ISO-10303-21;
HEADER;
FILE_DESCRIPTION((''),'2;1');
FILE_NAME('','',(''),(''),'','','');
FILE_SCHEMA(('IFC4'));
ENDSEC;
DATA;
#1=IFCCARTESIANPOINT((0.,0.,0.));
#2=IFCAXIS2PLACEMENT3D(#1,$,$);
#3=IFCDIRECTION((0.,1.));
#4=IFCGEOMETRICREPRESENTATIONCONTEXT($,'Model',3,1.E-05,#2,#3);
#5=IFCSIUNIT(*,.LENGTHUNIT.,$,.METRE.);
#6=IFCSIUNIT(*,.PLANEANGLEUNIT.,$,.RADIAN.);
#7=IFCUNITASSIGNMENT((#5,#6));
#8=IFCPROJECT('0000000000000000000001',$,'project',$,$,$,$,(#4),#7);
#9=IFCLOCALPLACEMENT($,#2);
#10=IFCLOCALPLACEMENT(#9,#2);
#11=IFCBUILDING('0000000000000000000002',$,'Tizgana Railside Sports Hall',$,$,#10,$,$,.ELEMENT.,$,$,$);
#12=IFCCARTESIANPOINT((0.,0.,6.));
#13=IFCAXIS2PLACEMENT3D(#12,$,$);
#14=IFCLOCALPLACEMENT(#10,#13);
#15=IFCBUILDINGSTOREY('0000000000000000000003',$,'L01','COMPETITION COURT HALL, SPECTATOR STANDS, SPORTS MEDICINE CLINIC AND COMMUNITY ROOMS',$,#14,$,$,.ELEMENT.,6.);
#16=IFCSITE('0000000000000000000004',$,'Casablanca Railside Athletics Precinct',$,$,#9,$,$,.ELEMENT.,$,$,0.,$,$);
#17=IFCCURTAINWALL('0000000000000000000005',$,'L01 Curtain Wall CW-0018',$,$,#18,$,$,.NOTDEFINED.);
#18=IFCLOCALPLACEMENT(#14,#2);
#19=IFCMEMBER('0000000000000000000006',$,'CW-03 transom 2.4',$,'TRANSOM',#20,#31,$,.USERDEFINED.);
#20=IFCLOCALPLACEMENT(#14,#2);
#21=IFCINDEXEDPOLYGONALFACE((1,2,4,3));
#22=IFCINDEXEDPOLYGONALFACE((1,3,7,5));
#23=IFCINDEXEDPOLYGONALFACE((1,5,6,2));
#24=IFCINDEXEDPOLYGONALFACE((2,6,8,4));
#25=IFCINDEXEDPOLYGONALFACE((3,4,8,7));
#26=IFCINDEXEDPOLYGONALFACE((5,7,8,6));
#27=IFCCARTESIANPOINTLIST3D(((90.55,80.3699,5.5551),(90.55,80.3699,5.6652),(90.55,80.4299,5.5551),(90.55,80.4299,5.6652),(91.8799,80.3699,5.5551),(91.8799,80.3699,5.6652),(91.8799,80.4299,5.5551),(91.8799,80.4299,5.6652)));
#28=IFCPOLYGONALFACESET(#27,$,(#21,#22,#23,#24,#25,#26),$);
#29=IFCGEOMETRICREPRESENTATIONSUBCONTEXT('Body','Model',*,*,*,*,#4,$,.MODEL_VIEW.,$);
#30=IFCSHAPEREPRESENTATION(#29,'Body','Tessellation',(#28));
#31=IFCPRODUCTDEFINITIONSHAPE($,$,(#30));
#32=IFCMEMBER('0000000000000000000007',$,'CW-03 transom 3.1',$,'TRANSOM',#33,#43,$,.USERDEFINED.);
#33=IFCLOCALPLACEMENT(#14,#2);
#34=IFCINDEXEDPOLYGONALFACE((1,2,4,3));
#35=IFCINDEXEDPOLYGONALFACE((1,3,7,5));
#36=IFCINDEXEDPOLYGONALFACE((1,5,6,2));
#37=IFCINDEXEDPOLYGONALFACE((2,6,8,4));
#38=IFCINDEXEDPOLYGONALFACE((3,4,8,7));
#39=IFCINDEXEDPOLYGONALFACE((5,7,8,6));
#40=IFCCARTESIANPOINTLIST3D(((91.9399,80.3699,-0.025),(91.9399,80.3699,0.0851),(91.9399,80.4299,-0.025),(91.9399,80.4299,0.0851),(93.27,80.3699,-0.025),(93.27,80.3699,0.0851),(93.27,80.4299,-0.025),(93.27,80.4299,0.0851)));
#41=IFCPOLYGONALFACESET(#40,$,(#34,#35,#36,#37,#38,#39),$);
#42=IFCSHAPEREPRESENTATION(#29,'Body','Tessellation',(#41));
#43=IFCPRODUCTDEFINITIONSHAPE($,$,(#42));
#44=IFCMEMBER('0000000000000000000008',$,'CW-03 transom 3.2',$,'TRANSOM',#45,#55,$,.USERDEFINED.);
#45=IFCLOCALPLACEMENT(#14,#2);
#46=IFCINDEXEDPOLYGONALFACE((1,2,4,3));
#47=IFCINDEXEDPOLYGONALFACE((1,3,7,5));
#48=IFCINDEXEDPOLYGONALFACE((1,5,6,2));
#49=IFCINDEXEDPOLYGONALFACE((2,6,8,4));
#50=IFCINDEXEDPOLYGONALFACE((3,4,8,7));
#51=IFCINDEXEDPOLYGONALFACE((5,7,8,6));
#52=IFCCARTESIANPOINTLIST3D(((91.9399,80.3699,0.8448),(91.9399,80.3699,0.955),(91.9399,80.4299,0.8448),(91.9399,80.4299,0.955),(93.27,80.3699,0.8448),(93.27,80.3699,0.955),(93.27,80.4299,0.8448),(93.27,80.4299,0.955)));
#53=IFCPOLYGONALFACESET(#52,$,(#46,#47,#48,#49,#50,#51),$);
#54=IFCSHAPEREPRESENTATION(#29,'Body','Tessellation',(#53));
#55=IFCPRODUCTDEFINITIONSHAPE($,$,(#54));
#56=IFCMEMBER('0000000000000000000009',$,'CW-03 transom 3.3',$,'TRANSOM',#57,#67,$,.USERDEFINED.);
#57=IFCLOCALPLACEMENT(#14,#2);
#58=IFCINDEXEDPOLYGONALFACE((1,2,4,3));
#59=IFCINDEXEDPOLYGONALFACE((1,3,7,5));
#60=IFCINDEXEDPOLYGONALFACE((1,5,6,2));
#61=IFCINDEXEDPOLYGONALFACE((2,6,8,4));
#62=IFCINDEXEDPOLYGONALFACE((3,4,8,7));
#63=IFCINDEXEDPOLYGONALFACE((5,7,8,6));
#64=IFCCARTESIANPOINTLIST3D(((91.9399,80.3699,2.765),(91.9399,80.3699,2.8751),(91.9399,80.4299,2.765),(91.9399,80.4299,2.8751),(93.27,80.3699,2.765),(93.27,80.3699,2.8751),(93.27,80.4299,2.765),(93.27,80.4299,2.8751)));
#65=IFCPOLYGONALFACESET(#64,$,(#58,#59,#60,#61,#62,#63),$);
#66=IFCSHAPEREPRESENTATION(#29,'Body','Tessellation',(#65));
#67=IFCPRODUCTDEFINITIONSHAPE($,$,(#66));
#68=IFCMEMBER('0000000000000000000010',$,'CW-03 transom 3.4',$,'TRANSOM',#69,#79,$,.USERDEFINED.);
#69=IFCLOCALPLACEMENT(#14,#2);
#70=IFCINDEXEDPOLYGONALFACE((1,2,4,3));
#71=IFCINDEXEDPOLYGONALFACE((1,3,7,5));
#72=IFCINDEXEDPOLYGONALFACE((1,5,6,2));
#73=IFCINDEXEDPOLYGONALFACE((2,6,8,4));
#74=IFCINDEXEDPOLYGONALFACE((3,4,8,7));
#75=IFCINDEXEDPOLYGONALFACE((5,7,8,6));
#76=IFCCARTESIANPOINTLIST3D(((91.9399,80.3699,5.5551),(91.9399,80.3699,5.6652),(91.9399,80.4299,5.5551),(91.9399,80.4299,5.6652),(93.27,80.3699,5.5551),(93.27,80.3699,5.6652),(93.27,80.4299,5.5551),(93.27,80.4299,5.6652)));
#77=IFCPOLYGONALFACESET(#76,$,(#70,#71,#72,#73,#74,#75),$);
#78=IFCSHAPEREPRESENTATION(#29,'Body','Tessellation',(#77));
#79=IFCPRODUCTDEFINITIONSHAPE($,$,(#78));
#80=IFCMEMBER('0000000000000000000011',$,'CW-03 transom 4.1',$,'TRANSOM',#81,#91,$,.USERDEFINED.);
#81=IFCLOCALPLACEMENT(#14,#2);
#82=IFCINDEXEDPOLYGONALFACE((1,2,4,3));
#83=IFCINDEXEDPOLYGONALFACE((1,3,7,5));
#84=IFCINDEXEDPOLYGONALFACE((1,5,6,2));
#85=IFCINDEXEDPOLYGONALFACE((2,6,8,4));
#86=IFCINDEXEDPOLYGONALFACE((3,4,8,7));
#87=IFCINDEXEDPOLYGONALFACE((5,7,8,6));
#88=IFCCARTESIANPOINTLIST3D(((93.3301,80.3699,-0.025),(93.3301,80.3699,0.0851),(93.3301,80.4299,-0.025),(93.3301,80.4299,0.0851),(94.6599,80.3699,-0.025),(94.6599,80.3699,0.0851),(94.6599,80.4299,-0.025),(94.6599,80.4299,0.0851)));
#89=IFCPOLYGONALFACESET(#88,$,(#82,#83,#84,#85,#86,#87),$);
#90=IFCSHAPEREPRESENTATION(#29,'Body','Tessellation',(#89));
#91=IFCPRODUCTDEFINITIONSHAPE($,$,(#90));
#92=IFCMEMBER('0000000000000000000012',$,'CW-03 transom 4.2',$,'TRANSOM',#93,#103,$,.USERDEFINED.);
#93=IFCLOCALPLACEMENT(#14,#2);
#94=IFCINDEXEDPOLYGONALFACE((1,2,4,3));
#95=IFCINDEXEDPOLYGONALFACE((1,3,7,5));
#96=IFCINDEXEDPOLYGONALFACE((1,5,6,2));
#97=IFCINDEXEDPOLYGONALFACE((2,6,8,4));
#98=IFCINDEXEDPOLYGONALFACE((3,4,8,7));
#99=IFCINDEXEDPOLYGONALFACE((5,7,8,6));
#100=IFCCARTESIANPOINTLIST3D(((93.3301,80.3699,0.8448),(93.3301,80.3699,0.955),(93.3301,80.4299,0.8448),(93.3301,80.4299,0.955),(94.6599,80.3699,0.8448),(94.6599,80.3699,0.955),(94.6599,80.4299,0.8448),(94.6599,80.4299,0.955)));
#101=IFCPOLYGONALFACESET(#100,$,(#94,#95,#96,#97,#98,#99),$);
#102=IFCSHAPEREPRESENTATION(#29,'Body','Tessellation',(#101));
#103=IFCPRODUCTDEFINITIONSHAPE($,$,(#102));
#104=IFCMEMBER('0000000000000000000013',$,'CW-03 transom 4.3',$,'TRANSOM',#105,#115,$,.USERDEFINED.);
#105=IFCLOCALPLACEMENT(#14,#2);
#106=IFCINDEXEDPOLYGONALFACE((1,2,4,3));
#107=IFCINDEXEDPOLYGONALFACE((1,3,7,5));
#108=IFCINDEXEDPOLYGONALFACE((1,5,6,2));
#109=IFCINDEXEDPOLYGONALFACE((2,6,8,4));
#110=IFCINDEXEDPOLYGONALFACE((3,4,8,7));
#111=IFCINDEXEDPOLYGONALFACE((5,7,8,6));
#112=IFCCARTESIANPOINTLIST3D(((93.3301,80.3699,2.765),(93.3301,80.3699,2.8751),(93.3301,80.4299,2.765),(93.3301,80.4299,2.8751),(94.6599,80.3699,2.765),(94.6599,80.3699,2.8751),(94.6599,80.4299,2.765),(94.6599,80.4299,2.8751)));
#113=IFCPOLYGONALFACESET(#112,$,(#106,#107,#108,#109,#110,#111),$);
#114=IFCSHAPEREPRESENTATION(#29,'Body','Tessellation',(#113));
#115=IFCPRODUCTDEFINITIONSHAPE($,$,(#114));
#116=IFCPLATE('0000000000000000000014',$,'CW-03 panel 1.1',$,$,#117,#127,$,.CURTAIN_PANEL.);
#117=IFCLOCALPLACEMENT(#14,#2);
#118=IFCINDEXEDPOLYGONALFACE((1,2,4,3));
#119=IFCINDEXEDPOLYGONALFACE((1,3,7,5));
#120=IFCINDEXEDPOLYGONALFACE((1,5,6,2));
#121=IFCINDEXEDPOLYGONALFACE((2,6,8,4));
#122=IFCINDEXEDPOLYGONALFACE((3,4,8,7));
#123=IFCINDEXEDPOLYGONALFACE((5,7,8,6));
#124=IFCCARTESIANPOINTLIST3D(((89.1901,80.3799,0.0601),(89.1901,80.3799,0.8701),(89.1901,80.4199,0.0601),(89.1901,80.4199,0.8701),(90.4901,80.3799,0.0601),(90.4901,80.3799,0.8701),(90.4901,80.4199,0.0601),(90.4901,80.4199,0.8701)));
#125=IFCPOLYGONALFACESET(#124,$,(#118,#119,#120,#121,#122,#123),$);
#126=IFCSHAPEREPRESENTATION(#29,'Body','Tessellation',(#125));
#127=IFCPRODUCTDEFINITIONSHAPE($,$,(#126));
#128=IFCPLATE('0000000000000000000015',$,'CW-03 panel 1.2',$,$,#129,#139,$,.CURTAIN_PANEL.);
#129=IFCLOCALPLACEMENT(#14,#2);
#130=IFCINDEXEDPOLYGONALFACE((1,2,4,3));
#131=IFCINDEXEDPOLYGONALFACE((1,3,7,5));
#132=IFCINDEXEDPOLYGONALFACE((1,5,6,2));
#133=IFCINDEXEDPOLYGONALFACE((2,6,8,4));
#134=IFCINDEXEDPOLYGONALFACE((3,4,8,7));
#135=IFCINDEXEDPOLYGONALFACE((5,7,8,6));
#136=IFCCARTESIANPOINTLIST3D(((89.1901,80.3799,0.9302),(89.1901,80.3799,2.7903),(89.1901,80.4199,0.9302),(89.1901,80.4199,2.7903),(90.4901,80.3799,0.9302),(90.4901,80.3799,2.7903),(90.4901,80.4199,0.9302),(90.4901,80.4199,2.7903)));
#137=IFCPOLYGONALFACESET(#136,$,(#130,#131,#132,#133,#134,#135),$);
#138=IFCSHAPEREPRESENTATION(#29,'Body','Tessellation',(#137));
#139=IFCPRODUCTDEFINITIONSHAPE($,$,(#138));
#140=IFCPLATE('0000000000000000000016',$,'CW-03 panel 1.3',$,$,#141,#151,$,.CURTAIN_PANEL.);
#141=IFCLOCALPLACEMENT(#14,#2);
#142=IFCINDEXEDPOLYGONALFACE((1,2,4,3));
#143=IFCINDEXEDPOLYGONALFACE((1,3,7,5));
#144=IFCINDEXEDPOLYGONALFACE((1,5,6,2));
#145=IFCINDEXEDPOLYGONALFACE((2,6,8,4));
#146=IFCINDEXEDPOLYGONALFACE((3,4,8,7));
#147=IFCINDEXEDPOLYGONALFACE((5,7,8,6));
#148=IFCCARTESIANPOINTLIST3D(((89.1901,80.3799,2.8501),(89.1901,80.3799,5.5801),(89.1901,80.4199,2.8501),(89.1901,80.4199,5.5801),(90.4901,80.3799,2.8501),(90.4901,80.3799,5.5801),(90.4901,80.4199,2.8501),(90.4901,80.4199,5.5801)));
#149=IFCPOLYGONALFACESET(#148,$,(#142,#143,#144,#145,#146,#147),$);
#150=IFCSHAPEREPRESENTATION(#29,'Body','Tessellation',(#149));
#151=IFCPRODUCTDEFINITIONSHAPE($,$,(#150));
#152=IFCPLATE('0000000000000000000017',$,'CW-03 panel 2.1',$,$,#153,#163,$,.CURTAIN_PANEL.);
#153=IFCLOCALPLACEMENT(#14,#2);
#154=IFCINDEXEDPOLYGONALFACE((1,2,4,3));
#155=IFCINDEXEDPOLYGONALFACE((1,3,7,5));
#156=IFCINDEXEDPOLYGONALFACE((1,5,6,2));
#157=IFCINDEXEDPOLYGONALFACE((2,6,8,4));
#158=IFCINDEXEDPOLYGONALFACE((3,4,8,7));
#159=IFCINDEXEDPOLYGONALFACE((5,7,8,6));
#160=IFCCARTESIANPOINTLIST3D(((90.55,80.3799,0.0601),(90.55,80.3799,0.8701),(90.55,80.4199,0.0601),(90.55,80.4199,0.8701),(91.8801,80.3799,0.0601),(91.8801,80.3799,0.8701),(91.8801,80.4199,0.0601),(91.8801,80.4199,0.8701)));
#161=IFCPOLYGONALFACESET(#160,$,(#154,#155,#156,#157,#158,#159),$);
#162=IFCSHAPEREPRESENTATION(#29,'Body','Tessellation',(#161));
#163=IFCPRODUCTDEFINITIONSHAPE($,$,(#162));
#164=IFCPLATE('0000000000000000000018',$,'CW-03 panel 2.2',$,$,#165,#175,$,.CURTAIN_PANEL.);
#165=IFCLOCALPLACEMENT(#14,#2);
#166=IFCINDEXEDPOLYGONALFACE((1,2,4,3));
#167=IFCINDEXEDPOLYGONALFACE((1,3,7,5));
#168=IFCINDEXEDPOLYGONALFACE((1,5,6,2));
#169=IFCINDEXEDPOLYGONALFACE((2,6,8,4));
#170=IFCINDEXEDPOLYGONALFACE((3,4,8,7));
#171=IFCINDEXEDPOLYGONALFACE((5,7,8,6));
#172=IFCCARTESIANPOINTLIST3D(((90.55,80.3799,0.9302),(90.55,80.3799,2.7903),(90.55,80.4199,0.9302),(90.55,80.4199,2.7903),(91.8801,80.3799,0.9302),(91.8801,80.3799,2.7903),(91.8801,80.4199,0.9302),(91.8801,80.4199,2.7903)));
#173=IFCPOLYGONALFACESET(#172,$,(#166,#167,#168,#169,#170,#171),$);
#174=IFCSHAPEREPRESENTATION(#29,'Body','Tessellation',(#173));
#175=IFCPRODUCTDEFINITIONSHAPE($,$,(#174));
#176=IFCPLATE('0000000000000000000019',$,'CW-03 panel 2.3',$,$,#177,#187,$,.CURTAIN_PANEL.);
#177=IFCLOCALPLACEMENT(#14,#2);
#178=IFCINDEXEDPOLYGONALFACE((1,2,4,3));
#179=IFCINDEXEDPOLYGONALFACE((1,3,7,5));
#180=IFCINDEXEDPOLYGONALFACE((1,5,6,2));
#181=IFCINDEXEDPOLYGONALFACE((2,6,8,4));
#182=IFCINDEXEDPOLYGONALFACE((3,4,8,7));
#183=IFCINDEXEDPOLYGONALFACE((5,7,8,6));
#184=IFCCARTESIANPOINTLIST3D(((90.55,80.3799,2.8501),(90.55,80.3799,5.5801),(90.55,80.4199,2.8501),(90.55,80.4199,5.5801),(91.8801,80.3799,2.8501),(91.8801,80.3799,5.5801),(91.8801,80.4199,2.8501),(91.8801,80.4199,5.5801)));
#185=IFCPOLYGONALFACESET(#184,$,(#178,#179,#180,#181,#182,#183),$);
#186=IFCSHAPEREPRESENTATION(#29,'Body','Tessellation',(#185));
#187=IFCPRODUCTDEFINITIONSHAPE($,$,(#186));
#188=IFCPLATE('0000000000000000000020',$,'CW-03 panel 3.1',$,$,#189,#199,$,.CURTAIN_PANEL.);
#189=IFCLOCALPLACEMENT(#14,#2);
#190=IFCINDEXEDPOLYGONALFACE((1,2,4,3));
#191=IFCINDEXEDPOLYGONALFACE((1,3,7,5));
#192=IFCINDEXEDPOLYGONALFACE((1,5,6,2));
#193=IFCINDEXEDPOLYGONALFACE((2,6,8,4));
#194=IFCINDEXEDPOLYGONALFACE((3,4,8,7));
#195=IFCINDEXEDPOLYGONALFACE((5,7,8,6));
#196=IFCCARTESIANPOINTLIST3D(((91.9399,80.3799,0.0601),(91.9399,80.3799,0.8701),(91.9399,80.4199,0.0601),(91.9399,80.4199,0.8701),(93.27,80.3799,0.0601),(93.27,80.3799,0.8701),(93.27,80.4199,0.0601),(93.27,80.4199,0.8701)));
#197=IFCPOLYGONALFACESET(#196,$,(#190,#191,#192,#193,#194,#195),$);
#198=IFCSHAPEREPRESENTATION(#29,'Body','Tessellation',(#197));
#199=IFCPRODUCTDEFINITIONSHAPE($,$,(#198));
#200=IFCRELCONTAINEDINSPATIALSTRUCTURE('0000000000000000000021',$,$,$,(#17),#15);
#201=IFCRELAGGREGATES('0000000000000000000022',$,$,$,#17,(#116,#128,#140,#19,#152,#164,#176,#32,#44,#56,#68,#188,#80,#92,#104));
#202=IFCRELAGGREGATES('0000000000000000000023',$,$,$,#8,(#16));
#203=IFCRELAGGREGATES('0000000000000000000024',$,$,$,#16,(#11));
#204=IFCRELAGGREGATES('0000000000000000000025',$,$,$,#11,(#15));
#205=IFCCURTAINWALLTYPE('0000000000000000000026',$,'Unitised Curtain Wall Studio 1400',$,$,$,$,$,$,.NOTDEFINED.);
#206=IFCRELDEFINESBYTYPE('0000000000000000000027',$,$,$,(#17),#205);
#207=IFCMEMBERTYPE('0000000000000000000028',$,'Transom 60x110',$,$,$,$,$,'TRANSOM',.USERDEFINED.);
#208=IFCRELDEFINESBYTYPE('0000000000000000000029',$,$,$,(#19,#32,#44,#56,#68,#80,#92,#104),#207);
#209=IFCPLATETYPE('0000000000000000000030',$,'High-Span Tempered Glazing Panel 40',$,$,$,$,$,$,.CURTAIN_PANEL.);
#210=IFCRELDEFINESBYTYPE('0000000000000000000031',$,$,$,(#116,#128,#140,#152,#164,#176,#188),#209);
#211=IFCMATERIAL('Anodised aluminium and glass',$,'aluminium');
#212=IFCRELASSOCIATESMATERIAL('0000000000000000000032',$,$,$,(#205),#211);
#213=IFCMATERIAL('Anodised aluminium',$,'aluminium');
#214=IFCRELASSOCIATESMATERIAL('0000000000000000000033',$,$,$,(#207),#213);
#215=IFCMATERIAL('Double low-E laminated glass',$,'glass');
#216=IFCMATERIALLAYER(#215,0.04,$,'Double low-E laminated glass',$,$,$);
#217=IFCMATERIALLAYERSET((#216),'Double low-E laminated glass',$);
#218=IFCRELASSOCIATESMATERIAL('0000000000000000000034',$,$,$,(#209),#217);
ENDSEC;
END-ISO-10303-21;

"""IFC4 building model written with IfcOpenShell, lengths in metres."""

from ifc_helpers import new_model, si_unit, direction, frame, origin, origin_2d, place, context, subcontext, project, spatial, rectangle, extrude, material, layer, layer_set, material_profile, profile_set, type_object, element, aggregate, save


model = new_model("IFC4")

# Units and contexts
model_context = context("Model", 3, precision=1e-05, world=origin(), true_north=direction((0.0, 1.0)))
body_context = subcontext(model_context, "Body", "Model", "MODEL_VIEW")
ifc_project = project(units=[si_unit("LENGTHUNIT", "METRE"), si_unit("PLANEANGLEUNIT", "RADIAN")], contexts=[model_context])

# Site, building, storey
site_placement = place(None, origin())
site = spatial("IfcSite", under=ifc_project, at=site_placement, Name="Casablanca Railside Athletics Precinct", CompositionType="ELEMENT", RefElevation=0.0)
building_placement = place(site_placement, origin())
building = spatial("IfcBuilding", under=site, at=building_placement, Name="Tizgana Railside Sports Hall", CompositionType="ELEMENT")
storey_placement = place(building_placement, frame((0.0, 0.0, 6.0)))
storey = spatial("IfcBuildingStorey", under=building, at=storey_placement, Name="L01", Description="COMPETITION COURT HALL, SPECTATOR STANDS, SPORTS MEDICINE CLINIC AND COMMUNITY ROOMS", CompositionType="ELEMENT", Elevation=6.0)

# Curtain wall
ifc_material_1 = material(Name="Anodised aluminium and glass", Category="aluminium")
curtain_wall_type = type_object("IfcCurtainWallType", Name="Unitised Curtain Wall Studio 1400", PredefinedType="NOTDEFINED", material=ifc_material_1)
curtain_wall_placement = place(storey_placement, origin())
curtain_wall = element("IfcCurtainWall", 1, at=curtain_wall_placement, inside=storey, type_object=curtain_wall_type, Name="L01 Curtain Wall CW-0018", PredefinedType="NOTDEFINED")
ifc_material_2 = material(Name="Anodised aluminium", Category="aluminium")

# Members
ifc_material_profile_1 = material_profile(ifc_material_2, rectangle(XDim=0.0601, YDim=0.1101, at=origin_2d()), Name="Transom 60x110")
ifc_profile_set_1 = profile_set([ifc_material_profile_1], Name="Anodised aluminium")
member_type_1 = type_object("IfcMemberType", Name="Transom 60x110", ElementType="TRANSOM", PredefinedType="USERDEFINED", material=ifc_profile_set_1)
member_1_placement = place(storey_placement, frame((90.55, 80.3999, 5.6101), z_axis=(1.0, 0.0, 0.0), x_axis=(0.0, 1.0, 0.0)))
member_1 = element("IfcMember", 2, at=member_1_placement, type_object=member_type_1, Name="CW-03 transom 2.4", ObjectType="TRANSOM", PredefinedType="USERDEFINED", context=body_context, shape_type="SweptSolid", body=[
    extrude(rectangle(XDim=0.0601, YDim=0.1101, at=origin_2d()), origin(), (0.0, 0.0, 1.0), 1.3298),
])
member_2_placement = place(storey_placement, frame((91.9399, 80.3999, 0.03), z_axis=(1.0, 0.0, 0.0), x_axis=(0.0, 1.0, 0.0)))
member_2 = element("IfcMember", 3, at=member_2_placement, type_object=member_type_1, Name="CW-03 transom 3.1", ObjectType="TRANSOM", PredefinedType="USERDEFINED", context=body_context, shape_type="SweptSolid", body=[
    extrude(rectangle(XDim=0.0601, YDim=0.1101, at=origin_2d()), origin(), (0.0, 0.0, 1.0), 1.3301),
])
member_3_placement = place(storey_placement, frame((91.9399, 80.3999, 0.8999), z_axis=(1.0, 0.0, 0.0), x_axis=(0.0, 1.0, 0.0)))
member_3 = element("IfcMember", 4, at=member_3_placement, type_object=member_type_1, Name="CW-03 transom 3.2", ObjectType="TRANSOM", PredefinedType="USERDEFINED", context=body_context, shape_type="SweptSolid", body=[
    extrude(rectangle(XDim=0.0601, YDim=0.1101, at=origin_2d()), origin(), (0.0, 0.0, 1.0), 1.3301),
])
member_4_placement = place(storey_placement, frame((91.9399, 80.3999, 2.8201), z_axis=(1.0, 0.0, 0.0), x_axis=(0.0, 1.0, 0.0)))
member_4 = element("IfcMember", 5, at=member_4_placement, type_object=member_type_1, Name="CW-03 transom 3.3", ObjectType="TRANSOM", PredefinedType="USERDEFINED", context=body_context, shape_type="SweptSolid", body=[
    extrude(rectangle(XDim=0.0601, YDim=0.1101, at=origin_2d()), origin(), (0.0, 0.0, 1.0), 1.3301),
])
member_5_placement = place(storey_placement, frame((91.9399, 80.3999, 5.6101), z_axis=(1.0, 0.0, 0.0), x_axis=(0.0, 1.0, 0.0)))
member_5 = element("IfcMember", 6, at=member_5_placement, type_object=member_type_1, Name="CW-03 transom 3.4", ObjectType="TRANSOM", PredefinedType="USERDEFINED", context=body_context, shape_type="SweptSolid", body=[
    extrude(rectangle(XDim=0.0601, YDim=0.1101, at=origin_2d()), origin(), (0.0, 0.0, 1.0), 1.3301),
])
member_6_placement = place(storey_placement, frame((93.3301, 80.3999, 0.03), z_axis=(1.0, 0.0, 0.0), x_axis=(0.0, 1.0, 0.0)))
member_6 = element("IfcMember", 7, at=member_6_placement, type_object=member_type_1, Name="CW-03 transom 4.1", ObjectType="TRANSOM", PredefinedType="USERDEFINED", context=body_context, shape_type="SweptSolid", body=[
    extrude(rectangle(XDim=0.0601, YDim=0.1101, at=origin_2d()), origin(), (0.0, 0.0, 1.0), 1.3298),
])
member_7_placement = place(storey_placement, frame((93.3301, 80.3999, 0.8999), z_axis=(1.0, 0.0, 0.0), x_axis=(0.0, 1.0, 0.0)))
member_7 = element("IfcMember", 8, at=member_7_placement, type_object=member_type_1, Name="CW-03 transom 4.2", ObjectType="TRANSOM", PredefinedType="USERDEFINED", context=body_context, shape_type="SweptSolid", body=[
    extrude(rectangle(XDim=0.0601, YDim=0.1101, at=origin_2d()), origin(), (0.0, 0.0, 1.0), 1.3298),
])
member_8_placement = place(storey_placement, frame((93.3301, 80.3999, 2.8201), z_axis=(1.0, 0.0, 0.0), x_axis=(0.0, 1.0, 0.0)))
member_8 = element("IfcMember", 9, at=member_8_placement, type_object=member_type_1, Name="CW-03 transom 4.3", ObjectType="TRANSOM", PredefinedType="USERDEFINED", context=body_context, shape_type="SweptSolid", body=[
    extrude(rectangle(XDim=0.0601, YDim=0.1101, at=origin_2d()), origin(), (0.0, 0.0, 1.0), 1.3298),
])

# Plates
ifc_material_3 = material(Name="Double low-E laminated glass", Category="glass")
ifc_layer_1 = layer(ifc_material_3, 0.04, Name="Double low-E laminated glass")
ifc_layer_set_1 = layer_set([ifc_layer_1], Name="Double low-E laminated glass")
plate_type = type_object("IfcPlateType", Name="High-Span Tempered Glazing Panel 40", PredefinedType="CURTAIN_PANEL", material=ifc_layer_set_1)
plate_1_placement = place(storey_placement, frame((89.8401, 80.3999, 0.0601), z_axis=(0.0, 0.0, 1.0), x_axis=(1.0, 0.0, 0.0)))
plate_1 = element("IfcPlate", 10, at=plate_1_placement, type_object=plate_type, Name="CW-03 panel 1.1", PredefinedType="CURTAIN_PANEL", context=body_context, shape_type="SweptSolid", body=[
    extrude(rectangle(XDim=1.3, YDim=0.04, at=origin_2d()), origin(), (0.0, 0.0, 1.0), 0.8101),
])
plate_2_placement = place(storey_placement, frame((89.8401, 80.3999, 0.9302), z_axis=(0.0, 0.0, 1.0), x_axis=(1.0, 0.0, 0.0)))
plate_2 = element("IfcPlate", 11, at=plate_2_placement, type_object=plate_type, Name="CW-03 panel 1.2", PredefinedType="CURTAIN_PANEL", context=body_context, shape_type="SweptSolid", body=[
    extrude(rectangle(XDim=1.3, YDim=0.04, at=origin_2d()), origin(), (0.0, 0.0, 1.0), 1.8601),
])
plate_3_placement = place(storey_placement, frame((89.8401, 80.3999, 2.8501), z_axis=(0.0, 0.0, 1.0), x_axis=(1.0, 0.0, 0.0)))
plate_3 = element("IfcPlate", 12, at=plate_3_placement, type_object=plate_type, Name="CW-03 panel 1.3", PredefinedType="CURTAIN_PANEL", context=body_context, shape_type="SweptSolid", body=[
    extrude(rectangle(XDim=1.3, YDim=0.04, at=origin_2d()), origin(), (0.0, 0.0, 1.0), 2.73),
])
plate_4_placement = place(storey_placement, frame((91.2151, 80.3999, 0.0601), z_axis=(0.0, 0.0, 1.0), x_axis=(1.0, 0.0, 0.0)))
plate_4 = element("IfcPlate", 13, at=plate_4_placement, type_object=plate_type, Name="CW-03 panel 2.1", PredefinedType="CURTAIN_PANEL", context=body_context, shape_type="SweptSolid", body=[
    extrude(rectangle(XDim=1.3301, YDim=0.04, at=origin_2d()), origin(), (0.0, 0.0, 1.0), 0.8101),
])
plate_5_placement = place(storey_placement, frame((91.2151, 80.3999, 0.9302), z_axis=(0.0, 0.0, 1.0), x_axis=(1.0, 0.0, 0.0)))
plate_5 = element("IfcPlate", 14, at=plate_5_placement, type_object=plate_type, Name="CW-03 panel 2.2", PredefinedType="CURTAIN_PANEL", context=body_context, shape_type="SweptSolid", body=[
    extrude(rectangle(XDim=1.3301, YDim=0.04, at=origin_2d()), origin(), (0.0, 0.0, 1.0), 1.8601),
])
plate_6_placement = place(storey_placement, frame((91.2151, 80.3999, 2.8501), z_axis=(0.0, 0.0, 1.0), x_axis=(1.0, 0.0, 0.0)))
plate_6 = element("IfcPlate", 15, at=plate_6_placement, type_object=plate_type, Name="CW-03 panel 2.3", PredefinedType="CURTAIN_PANEL", context=body_context, shape_type="SweptSolid", body=[
    extrude(rectangle(XDim=1.3301, YDim=0.04, at=origin_2d()), origin(), (0.0, 0.0, 1.0), 2.73),
])
plate_7_placement = place(storey_placement, frame((92.605, 80.3999, 0.0601), z_axis=(0.0, 0.0, 1.0), x_axis=(1.0, 0.0, 0.0)))
plate_7 = element("IfcPlate", 16, at=plate_7_placement, type_object=plate_type, Name="CW-03 panel 3.1", PredefinedType="CURTAIN_PANEL", context=body_context, shape_type="SweptSolid", body=[
    extrude(rectangle(XDim=1.3301, YDim=0.04, at=origin_2d()), origin(), (0.0, 0.0, 1.0), 0.8101),
])
aggregate(curtain_wall, [plate_1, plate_2, plate_3, member_1, plate_4, plate_5, plate_6, member_2, member_3, member_4, member_5, plate_7, member_6, member_7, member_8])

save(model, "model.ifc")
